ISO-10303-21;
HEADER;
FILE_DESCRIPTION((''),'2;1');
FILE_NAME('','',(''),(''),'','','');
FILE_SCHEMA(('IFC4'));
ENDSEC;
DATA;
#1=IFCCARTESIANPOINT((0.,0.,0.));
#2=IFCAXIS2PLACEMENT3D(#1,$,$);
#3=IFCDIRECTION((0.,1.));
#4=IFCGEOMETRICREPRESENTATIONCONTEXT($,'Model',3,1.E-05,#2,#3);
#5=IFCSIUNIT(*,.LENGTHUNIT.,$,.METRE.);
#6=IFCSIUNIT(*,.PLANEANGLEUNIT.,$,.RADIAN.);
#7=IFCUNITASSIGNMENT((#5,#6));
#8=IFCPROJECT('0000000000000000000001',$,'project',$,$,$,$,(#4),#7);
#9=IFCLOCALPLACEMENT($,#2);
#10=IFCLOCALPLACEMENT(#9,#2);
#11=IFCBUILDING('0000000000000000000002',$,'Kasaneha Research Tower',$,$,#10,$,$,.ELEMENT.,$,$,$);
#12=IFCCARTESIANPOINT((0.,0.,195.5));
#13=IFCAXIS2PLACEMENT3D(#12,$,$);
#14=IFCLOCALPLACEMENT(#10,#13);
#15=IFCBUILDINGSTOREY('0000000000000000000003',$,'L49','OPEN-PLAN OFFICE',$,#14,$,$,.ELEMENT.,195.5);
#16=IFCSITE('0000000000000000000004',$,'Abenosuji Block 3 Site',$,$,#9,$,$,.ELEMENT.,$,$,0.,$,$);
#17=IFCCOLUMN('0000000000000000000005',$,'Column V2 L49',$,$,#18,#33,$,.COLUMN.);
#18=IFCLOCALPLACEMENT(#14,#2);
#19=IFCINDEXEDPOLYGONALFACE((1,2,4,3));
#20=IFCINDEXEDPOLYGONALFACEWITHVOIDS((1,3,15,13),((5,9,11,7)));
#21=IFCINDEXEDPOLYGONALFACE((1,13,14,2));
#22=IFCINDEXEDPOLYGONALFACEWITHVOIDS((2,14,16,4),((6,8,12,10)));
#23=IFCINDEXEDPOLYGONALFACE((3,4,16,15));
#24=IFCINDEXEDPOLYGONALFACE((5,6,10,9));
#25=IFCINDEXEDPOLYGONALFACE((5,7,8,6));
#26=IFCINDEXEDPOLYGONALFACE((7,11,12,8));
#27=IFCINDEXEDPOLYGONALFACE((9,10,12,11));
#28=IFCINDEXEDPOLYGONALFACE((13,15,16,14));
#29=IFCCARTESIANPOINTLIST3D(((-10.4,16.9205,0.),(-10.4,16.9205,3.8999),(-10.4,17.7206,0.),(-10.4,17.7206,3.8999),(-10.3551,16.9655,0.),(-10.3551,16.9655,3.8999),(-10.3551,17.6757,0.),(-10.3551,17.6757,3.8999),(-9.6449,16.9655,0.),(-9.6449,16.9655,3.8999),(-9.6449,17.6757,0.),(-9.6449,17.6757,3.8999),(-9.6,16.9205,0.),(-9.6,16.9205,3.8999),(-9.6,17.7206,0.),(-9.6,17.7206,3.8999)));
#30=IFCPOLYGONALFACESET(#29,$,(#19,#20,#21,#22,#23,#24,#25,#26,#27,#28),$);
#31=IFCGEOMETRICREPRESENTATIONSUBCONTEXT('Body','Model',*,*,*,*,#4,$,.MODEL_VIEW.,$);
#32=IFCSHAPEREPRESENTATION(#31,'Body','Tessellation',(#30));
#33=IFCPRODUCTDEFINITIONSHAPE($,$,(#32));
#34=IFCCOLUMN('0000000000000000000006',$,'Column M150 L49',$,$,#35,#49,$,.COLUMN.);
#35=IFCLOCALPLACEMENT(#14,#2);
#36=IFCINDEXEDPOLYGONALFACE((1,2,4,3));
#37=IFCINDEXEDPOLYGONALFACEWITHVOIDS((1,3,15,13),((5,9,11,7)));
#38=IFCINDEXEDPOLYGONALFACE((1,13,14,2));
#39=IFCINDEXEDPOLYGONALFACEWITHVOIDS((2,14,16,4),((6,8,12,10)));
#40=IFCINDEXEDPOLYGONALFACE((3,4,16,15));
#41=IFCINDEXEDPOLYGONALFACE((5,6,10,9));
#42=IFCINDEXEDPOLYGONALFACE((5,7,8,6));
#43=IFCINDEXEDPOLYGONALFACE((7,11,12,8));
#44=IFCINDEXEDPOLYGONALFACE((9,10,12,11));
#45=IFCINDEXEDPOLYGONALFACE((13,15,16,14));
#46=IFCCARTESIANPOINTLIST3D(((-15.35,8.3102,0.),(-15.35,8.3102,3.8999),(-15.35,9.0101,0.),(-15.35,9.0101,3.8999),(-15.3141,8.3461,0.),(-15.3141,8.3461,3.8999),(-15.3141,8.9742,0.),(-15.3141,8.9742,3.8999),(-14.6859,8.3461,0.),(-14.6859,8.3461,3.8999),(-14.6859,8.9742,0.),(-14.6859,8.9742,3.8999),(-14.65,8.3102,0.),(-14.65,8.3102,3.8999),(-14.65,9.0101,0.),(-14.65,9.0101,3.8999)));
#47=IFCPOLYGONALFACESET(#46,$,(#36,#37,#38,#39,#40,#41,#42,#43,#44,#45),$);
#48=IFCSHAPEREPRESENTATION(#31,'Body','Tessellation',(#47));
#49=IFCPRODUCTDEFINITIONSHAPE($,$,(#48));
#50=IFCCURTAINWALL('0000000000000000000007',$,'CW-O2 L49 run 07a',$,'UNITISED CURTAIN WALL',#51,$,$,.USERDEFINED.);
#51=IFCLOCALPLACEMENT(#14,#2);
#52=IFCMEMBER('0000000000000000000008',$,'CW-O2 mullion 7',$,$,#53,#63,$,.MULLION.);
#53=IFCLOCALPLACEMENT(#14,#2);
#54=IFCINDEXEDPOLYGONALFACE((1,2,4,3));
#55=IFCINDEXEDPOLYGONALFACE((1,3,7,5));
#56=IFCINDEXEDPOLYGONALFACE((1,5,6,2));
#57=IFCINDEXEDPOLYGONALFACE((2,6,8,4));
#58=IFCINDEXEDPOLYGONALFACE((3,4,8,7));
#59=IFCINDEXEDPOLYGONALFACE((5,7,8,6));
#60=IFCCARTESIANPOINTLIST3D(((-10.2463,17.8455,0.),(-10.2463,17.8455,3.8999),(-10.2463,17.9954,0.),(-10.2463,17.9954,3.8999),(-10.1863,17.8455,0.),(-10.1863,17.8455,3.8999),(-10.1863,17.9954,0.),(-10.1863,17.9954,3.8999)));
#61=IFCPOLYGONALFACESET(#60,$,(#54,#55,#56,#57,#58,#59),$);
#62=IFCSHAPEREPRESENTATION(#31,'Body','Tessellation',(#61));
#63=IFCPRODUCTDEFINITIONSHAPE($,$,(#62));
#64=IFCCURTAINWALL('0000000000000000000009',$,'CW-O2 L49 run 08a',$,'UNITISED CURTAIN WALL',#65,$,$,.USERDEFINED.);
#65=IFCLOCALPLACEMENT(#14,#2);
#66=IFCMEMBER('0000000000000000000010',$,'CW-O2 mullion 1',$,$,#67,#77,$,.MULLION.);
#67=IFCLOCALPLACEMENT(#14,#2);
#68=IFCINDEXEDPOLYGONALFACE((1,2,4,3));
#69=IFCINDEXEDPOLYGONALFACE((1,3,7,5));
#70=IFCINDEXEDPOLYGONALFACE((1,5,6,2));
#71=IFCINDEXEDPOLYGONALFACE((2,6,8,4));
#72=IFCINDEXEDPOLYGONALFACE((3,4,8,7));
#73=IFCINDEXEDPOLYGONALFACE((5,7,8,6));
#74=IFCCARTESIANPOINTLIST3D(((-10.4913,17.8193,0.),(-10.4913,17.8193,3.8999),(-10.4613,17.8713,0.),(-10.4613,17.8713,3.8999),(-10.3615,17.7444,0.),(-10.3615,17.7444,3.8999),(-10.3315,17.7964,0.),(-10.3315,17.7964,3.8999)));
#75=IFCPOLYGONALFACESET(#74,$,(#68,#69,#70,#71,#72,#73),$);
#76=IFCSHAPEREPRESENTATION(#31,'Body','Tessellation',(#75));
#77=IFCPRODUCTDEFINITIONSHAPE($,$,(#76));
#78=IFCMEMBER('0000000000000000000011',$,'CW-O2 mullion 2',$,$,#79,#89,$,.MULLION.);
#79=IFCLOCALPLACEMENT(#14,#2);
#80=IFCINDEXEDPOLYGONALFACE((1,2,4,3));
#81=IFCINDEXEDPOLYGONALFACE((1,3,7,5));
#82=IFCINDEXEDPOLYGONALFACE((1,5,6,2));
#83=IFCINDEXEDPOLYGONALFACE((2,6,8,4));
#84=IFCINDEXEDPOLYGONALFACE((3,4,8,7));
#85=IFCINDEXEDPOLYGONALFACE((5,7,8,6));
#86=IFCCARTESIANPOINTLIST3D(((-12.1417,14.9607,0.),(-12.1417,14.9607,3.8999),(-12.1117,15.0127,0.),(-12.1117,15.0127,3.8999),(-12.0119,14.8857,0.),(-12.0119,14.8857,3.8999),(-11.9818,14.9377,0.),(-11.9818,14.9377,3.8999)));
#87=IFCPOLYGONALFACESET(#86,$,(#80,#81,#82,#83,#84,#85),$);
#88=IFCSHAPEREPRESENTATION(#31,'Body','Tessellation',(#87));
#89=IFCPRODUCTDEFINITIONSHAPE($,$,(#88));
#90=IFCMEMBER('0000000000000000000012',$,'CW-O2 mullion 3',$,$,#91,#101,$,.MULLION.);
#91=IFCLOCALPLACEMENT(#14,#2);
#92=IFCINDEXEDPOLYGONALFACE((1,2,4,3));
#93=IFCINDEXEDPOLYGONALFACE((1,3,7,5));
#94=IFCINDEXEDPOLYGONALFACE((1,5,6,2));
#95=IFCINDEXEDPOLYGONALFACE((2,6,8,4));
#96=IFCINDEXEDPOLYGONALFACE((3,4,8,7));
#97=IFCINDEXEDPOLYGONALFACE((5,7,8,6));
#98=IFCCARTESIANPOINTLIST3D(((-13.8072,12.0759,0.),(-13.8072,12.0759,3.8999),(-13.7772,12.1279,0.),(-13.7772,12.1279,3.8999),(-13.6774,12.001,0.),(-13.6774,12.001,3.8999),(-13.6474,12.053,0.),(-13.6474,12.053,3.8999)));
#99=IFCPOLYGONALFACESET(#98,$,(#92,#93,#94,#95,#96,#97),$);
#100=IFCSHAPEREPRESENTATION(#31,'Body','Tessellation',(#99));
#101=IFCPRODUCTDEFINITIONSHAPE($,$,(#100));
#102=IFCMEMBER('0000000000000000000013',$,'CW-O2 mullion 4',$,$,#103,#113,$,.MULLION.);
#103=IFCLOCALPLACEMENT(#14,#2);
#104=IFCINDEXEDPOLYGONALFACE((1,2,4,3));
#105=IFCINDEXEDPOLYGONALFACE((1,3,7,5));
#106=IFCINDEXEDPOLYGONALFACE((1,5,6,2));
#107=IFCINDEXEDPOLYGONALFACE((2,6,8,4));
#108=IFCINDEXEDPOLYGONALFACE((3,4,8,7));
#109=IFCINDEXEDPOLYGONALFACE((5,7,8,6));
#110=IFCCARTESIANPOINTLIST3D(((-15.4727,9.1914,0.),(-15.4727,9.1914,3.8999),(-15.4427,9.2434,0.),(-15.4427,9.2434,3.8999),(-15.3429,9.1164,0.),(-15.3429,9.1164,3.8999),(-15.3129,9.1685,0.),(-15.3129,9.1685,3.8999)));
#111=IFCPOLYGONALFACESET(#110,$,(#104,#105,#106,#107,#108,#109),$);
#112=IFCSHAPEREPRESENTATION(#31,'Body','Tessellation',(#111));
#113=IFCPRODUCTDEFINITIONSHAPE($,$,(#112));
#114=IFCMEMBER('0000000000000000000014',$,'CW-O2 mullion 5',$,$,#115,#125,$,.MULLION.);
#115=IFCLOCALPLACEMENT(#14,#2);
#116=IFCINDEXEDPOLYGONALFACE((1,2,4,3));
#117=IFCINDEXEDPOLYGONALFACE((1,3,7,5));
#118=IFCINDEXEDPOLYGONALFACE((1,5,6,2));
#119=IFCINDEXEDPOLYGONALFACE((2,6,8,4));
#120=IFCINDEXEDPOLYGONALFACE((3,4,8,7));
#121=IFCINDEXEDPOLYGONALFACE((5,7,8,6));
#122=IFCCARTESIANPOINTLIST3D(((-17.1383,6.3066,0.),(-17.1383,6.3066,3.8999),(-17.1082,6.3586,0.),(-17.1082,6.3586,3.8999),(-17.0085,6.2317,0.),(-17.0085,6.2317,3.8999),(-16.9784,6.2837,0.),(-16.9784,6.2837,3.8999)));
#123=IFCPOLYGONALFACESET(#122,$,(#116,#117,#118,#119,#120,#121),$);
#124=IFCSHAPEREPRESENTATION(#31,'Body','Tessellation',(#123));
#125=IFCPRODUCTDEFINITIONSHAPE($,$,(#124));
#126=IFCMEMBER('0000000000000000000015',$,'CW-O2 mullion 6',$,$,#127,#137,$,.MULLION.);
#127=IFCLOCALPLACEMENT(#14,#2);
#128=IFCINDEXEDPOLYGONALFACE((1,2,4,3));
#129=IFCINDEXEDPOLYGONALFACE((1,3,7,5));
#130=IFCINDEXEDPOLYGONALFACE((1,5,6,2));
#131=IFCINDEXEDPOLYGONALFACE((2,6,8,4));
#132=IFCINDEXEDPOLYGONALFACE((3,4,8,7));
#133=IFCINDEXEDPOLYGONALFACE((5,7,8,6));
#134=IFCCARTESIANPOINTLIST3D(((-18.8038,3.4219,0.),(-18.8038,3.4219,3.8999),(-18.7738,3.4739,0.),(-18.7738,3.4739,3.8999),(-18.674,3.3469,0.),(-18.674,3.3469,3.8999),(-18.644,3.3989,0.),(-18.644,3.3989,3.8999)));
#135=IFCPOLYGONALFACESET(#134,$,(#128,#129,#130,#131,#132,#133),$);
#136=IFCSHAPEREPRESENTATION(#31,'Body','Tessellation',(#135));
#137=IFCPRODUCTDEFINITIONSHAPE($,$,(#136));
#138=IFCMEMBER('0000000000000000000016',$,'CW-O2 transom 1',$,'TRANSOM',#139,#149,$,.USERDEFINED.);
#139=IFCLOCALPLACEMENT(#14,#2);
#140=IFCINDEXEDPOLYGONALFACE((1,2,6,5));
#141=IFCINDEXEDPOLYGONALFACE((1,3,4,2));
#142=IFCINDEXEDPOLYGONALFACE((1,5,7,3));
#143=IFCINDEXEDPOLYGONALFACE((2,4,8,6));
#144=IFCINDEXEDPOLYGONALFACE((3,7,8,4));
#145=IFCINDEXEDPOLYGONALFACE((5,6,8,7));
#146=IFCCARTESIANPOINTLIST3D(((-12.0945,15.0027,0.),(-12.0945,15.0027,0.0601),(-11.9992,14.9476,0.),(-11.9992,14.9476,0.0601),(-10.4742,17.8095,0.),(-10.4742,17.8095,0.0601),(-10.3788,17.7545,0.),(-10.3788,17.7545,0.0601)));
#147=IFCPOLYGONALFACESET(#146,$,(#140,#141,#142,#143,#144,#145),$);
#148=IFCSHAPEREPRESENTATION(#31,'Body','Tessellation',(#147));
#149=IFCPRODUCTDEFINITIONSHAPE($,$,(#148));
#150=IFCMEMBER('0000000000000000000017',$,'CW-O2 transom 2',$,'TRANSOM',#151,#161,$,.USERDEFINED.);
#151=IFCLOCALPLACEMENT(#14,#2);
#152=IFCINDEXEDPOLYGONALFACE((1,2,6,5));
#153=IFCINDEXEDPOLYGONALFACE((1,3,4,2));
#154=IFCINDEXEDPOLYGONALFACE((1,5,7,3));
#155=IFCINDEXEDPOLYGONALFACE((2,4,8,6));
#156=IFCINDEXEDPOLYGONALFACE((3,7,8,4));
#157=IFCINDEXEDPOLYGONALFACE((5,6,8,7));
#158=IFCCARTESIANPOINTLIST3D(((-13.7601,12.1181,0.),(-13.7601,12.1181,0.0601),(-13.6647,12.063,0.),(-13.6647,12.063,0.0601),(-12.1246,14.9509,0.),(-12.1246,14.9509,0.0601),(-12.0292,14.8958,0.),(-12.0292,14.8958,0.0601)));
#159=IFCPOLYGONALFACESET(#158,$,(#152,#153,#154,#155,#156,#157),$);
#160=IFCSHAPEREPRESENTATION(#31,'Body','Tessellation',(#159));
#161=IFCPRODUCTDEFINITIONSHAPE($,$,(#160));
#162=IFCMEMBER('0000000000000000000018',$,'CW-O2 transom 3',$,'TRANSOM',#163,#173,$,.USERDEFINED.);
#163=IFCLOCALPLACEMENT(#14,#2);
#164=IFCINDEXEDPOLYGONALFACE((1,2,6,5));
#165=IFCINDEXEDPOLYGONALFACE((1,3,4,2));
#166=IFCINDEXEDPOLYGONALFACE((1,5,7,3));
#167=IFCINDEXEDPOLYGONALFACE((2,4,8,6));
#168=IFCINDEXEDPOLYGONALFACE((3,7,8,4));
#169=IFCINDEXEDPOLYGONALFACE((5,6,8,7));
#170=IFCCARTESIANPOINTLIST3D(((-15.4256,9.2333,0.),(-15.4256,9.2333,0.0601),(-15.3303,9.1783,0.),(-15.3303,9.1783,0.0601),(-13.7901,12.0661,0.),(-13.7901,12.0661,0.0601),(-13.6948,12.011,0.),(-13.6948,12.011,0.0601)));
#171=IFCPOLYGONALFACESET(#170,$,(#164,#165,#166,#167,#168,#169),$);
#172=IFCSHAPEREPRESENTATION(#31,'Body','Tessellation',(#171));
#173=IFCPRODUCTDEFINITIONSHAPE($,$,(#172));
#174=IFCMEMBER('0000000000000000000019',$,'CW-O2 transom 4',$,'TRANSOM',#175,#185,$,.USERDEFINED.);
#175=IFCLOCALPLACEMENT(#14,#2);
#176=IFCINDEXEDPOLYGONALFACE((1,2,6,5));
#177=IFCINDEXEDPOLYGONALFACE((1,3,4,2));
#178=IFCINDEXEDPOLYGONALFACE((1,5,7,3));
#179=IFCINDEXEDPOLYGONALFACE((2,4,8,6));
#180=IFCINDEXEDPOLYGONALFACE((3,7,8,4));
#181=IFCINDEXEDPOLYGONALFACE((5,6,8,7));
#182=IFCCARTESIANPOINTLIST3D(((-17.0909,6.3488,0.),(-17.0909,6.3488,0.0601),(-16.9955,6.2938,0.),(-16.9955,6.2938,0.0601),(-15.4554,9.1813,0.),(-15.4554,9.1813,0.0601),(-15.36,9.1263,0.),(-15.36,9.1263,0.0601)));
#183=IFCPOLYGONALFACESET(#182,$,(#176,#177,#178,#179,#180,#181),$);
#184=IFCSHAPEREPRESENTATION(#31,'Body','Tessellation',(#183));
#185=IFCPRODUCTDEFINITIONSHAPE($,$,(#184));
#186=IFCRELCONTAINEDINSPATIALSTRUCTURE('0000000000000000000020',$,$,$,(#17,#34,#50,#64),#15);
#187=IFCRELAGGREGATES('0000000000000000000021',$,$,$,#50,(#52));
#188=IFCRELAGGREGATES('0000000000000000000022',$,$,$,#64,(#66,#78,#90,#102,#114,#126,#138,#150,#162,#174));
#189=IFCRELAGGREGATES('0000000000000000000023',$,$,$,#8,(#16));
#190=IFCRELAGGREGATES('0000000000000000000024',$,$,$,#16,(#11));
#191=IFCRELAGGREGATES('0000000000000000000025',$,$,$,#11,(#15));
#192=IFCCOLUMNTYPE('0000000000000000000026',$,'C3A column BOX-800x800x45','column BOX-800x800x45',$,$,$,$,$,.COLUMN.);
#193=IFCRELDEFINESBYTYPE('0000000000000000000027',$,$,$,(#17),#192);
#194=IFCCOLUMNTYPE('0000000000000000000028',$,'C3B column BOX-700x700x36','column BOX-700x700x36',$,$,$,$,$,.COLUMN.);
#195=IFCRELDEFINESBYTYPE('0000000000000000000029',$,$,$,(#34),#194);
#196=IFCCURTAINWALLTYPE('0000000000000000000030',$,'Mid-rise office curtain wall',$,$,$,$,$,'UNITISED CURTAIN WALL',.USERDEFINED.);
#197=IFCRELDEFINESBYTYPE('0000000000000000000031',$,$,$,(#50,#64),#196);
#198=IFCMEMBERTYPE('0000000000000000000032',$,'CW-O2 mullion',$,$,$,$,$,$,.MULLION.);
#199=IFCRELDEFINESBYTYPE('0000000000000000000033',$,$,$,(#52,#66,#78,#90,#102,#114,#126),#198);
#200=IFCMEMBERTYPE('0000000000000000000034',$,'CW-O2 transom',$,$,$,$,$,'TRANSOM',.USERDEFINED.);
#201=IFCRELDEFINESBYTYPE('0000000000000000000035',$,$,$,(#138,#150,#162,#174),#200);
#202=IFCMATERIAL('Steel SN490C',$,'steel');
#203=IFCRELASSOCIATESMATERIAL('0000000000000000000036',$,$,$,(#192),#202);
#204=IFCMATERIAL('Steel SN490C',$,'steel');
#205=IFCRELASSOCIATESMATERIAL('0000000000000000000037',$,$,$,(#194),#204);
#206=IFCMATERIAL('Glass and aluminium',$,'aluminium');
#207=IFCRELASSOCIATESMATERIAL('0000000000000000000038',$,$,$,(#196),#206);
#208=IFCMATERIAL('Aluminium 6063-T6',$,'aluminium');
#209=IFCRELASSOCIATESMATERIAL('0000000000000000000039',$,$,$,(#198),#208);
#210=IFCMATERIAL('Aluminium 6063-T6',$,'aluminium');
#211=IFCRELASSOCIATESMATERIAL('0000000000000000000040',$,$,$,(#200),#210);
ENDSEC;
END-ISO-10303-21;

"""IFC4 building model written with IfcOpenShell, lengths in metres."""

from ifc_helpers import new_model, si_unit, direction, frame, origin, origin_2d, place, context, subcontext, project, spatial, rectangle, hollow_rectangle, extrude, material, material_profile, profile_set, type_object, element, aggregate, save


model = new_model("IFC4")

# Units and contexts
model_context = context("Model", 3, precision=1e-05, world=origin(), true_north=direction((0.0, 1.0)))
body_context = subcontext(model_context, "Body", "Model", "MODEL_VIEW")
ifc_project = project(units=[si_unit("LENGTHUNIT", "METRE"), si_unit("PLANEANGLEUNIT", "RADIAN")], contexts=[model_context])

# Site, building, storey
site_placement = place(None, origin())
site = spatial("IfcSite", under=ifc_project, at=site_placement, Name="Abenosuji Block 3 Site", CompositionType="ELEMENT", RefElevation=0.0)
building_placement = place(site_placement, origin())
building = spatial("IfcBuilding", under=site, at=building_placement, Name="Kasaneha Research Tower", CompositionType="ELEMENT")
storey_placement = place(building_placement, frame((0.0, 0.0, 195.5)))
storey = spatial("IfcBuildingStorey", under=building, at=storey_placement, Name="L49", Description="OPEN-PLAN OFFICE", CompositionType="ELEMENT", Elevation=195.5)

# Columns
ifc_material_1 = material(Name="Steel SN490C", Category="steel")
ifc_material_profile_1 = material_profile(ifc_material_1, hollow_rectangle(XDim=0.8, YDim=0.8, WallThickness=0.0449, at=origin_2d()), Name="BOX-800x800x45")
ifc_profile_set_1 = profile_set([ifc_material_profile_1], Name="Steel SN490C")
column_type_1 = type_object("IfcColumnType", Name="C3A column BOX-800x800x45", Description="column BOX-800x800x45", PredefinedType="COLUMN", material=ifc_profile_set_1)
column_1_placement = place(storey_placement, frame((-10.0, 17.3206, 0.0), z_axis=(0.0, 0.0, 1.0), x_axis=(1.0, 0.0, 0.0)))
element("IfcColumn", 1, at=column_1_placement, inside=storey, type_object=column_type_1, Name="Column V2 L49", PredefinedType="COLUMN", context=body_context, shape_type="SweptSolid", body=[
    extrude(hollow_rectangle(XDim=0.8, YDim=0.8, WallThickness=0.0449, at=origin_2d()), origin(), (0.0, 0.0, 1.0), 3.8999),
])
ifc_material_2 = material(Name="Steel SN490C", Category="steel")
ifc_material_profile_2 = material_profile(ifc_material_2, hollow_rectangle(XDim=0.7, YDim=0.7, WallThickness=0.0359, at=origin_2d()), Name="BOX-700x700x36")
ifc_profile_set_2 = profile_set([ifc_material_profile_2], Name="Steel SN490C")
column_type_2 = type_object("IfcColumnType", Name="C3B column BOX-700x700x36", Description="column BOX-700x700x36", PredefinedType="COLUMN", material=ifc_profile_set_2)
column_2_placement = place(storey_placement, frame((-15.0, 8.6602, 0.0), z_axis=(0.0, 0.0, 1.0), x_axis=(1.0, 0.0, 0.0)))
element("IfcColumn", 2, at=column_2_placement, inside=storey, type_object=column_type_2, Name="Column M150 L49", PredefinedType="COLUMN", context=body_context, shape_type="SweptSolid", body=[
    extrude(hollow_rectangle(XDim=0.7, YDim=0.7, WallThickness=0.0359, at=origin_2d()), origin(), (0.0, 0.0, 1.0), 3.8999),
])

# Curtain wall, member
ifc_material_3 = material(Name="Glass and aluminium", Category="aluminium")
curtain_wall_type = type_object("IfcCurtainWallType", Name="Mid-rise office curtain wall", ElementType="UNITISED CURTAIN WALL", PredefinedType="USERDEFINED", material=ifc_material_3)
curtain_wall_1_placement = place(storey_placement, origin())
curtain_wall_1 = element("IfcCurtainWall", 3, at=curtain_wall_1_placement, inside=storey, type_object=curtain_wall_type, Name="CW-O2 L49 run 07a", ObjectType="UNITISED CURTAIN WALL", PredefinedType="USERDEFINED")
ifc_material_4 = material(Name="Aluminium 6063-T6", Category="aluminium")
ifc_material_profile_3 = material_profile(ifc_material_4, rectangle(XDim=0.0601, YDim=0.1499, at=origin_2d()), Name="CW-O2 mullion 60x150")
ifc_profile_set_3 = profile_set([ifc_material_profile_3], Name="Aluminium 6063-T6")
member_type_1 = type_object("IfcMemberType", Name="CW-O2 mullion", PredefinedType="MULLION", material=ifc_profile_set_3)
member_1_placement = place(storey_placement, frame((-10.2163, 17.9204, 0.0), z_axis=(0.0, 0.0, 1.0), x_axis=(-1.0, 0.0, 0.0)))
member_1 = element("IfcMember", 4, at=member_1_placement, type_object=member_type_1, Name="CW-O2 mullion 7", PredefinedType="MULLION", context=body_context, shape_type="SweptSolid", body=[
    extrude(rectangle(XDim=0.0601, YDim=0.1499, at=origin_2d()), origin(), (0.0, 0.0, 1.0), 3.8999),
])
aggregate(curtain_wall_1, [member_1])

# Curtain wall, members
curtain_wall_2_placement = place(storey_placement, origin())
curtain_wall_2 = element("IfcCurtainWall", 5, at=curtain_wall_2_placement, inside=storey, type_object=curtain_wall_type, Name="CW-O2 L49 run 08a", ObjectType="UNITISED CURTAIN WALL", PredefinedType="USERDEFINED")
member_2_placement = place(storey_placement, frame((-10.4114, 17.8079, 0.0), z_axis=(0.0, 0.0, 1.0), x_axis=(-0.5, -0.866025, 0.0)))
member_2 = element("IfcMember", 6, at=member_2_placement, type_object=member_type_1, Name="CW-O2 mullion 1", PredefinedType="MULLION", context=body_context, shape_type="SweptSolid", body=[
    extrude(rectangle(XDim=0.0601, YDim=0.1499, at=origin_2d()), origin(), (0.0, 0.0, 1.0), 3.8999),
])
member_3_placement = place(storey_placement, frame((-12.0618, 14.9492, 0.0), z_axis=(0.0, 0.0, 1.0), x_axis=(-0.5, -0.866025, 0.0)))
member_3 = element("IfcMember", 7, at=member_3_placement, type_object=member_type_1, Name="CW-O2 mullion 2", PredefinedType="MULLION", context=body_context, shape_type="SweptSolid", body=[
    extrude(rectangle(XDim=0.0601, YDim=0.1499, at=origin_2d()), origin(), (0.0, 0.0, 1.0), 3.8999),
])
member_4_placement = place(storey_placement, frame((-13.7273, 12.0645, 0.0), z_axis=(0.0, 0.0, 1.0), x_axis=(-0.5, -0.866025, 0.0)))
member_4 = element("IfcMember", 8, at=member_4_placement, type_object=member_type_1, Name="CW-O2 mullion 3", PredefinedType="MULLION", context=body_context, shape_type="SweptSolid", body=[
    extrude(rectangle(XDim=0.0601, YDim=0.1499, at=origin_2d()), origin(), (0.0, 0.0, 1.0), 3.8999),
])
member_5_placement = place(storey_placement, frame((-15.3928, 9.1799, 0.0), z_axis=(0.0, 0.0, 1.0), x_axis=(-0.5, -0.866025, 0.0)))
member_5 = element("IfcMember", 9, at=member_5_placement, type_object=member_type_1, Name="CW-O2 mullion 4", PredefinedType="MULLION", context=body_context, shape_type="SweptSolid", body=[
    extrude(rectangle(XDim=0.0601, YDim=0.1499, at=origin_2d()), origin(), (0.0, 0.0, 1.0), 3.8999),
])
member_6_placement = place(storey_placement, frame((-17.0583, 6.2952, 0.0), z_axis=(0.0, 0.0, 1.0), x_axis=(-0.5, -0.866025, 0.0)))
member_6 = element("IfcMember", 10, at=member_6_placement, type_object=member_type_1, Name="CW-O2 mullion 5", PredefinedType="MULLION", context=body_context, shape_type="SweptSolid", body=[
    extrude(rectangle(XDim=0.0601, YDim=0.1499, at=origin_2d()), origin(), (0.0, 0.0, 1.0), 3.8999),
])
member_7_placement = place(storey_placement, frame((-18.7239, 3.4104, 0.0), z_axis=(0.0, 0.0, 1.0), x_axis=(-0.5, -0.866025, 0.0)))
member_7 = element("IfcMember", 11, at=member_7_placement, type_object=member_type_1, Name="CW-O2 mullion 6", PredefinedType="MULLION", context=body_context, shape_type="SweptSolid", body=[
    extrude(rectangle(XDim=0.0601, YDim=0.1499, at=origin_2d()), origin(), (0.0, 0.0, 1.0), 3.8999),
])
ifc_material_5 = material(Name="Aluminium 6063-T6", Category="aluminium")
ifc_material_profile_4 = material_profile(ifc_material_5, rectangle(XDim=0.1101, YDim=0.0601, at=origin_2d()), Name="CW-O2 transom 110x60")
ifc_profile_set_4 = profile_set([ifc_material_profile_4], Name="Aluminium 6063-T6")
member_type_2 = type_object("IfcMemberType", Name="CW-O2 transom", ElementType="TRANSOM", PredefinedType="USERDEFINED", material=ifc_profile_set_4)
member_8_placement = place(storey_placement, frame((-10.4265, 17.782, 0.03), z_axis=(-0.499955, -0.866051, 0.0), x_axis=(0.866051, -0.499955, 0.0)))
member_8 = element("IfcMember", 12, at=member_8_placement, type_object=member_type_2, Name="CW-O2 transom 1", ObjectType="TRANSOM", PredefinedType="USERDEFINED", context=body_context, shape_type="SweptSolid", body=[
    extrude(rectangle(XDim=0.1101, YDim=0.0601, at=origin_2d()), origin(), (0.0, 0.0, 1.0), 3.241),
])
member_9_placement = place(storey_placement, frame((-12.0769, 14.9233, 0.03), z_axis=(-0.5, -0.866025, 0.0), x_axis=(0.866025, -0.5, 0.0)))
member_9 = element("IfcMember", 13, at=member_9_placement, type_object=member_type_2, Name="CW-O2 transom 2", ObjectType="TRANSOM", PredefinedType="USERDEFINED", context=body_context, shape_type="SweptSolid", body=[
    extrude(rectangle(XDim=0.1101, YDim=0.0601, at=origin_2d()), origin(), (0.0, 0.0, 1.0), 3.271),
])
member_10_placement = place(storey_placement, frame((-13.7424, 12.0386, 0.03), z_axis=(-0.5, -0.866025, 0.0), x_axis=(0.866025, -0.5, 0.0)))
member_10 = element("IfcMember", 14, at=member_10_placement, type_object=member_type_2, Name="CW-O2 transom 3", ObjectType="TRANSOM", PredefinedType="USERDEFINED", context=body_context, shape_type="SweptSolid", body=[
    extrude(rectangle(XDim=0.1101, YDim=0.0601, at=origin_2d()), origin(), (0.0, 0.0, 1.0), 3.271),
])
member_11_placement = place(storey_placement, frame((-15.4077, 9.1538, 0.03), z_axis=(-0.500033, -0.866007, 0.0), x_axis=(0.866007, -0.500033, 0.0)))
member_11 = element("IfcMember", 15, at=member_11_placement, type_object=member_type_2, Name="CW-O2 transom 4", ObjectType="TRANSOM", PredefinedType="USERDEFINED", context=body_context, shape_type="SweptSolid", body=[
    extrude(rectangle(XDim=0.1101, YDim=0.0601, at=origin_2d()), origin(), (0.0, 0.0, 1.0), 3.2708),
])

aggregate(curtain_wall_2, [member_2, member_3, member_4, member_5, member_6, member_7, member_8, member_9, member_10, member_11])

save(model, "model.ifc")
